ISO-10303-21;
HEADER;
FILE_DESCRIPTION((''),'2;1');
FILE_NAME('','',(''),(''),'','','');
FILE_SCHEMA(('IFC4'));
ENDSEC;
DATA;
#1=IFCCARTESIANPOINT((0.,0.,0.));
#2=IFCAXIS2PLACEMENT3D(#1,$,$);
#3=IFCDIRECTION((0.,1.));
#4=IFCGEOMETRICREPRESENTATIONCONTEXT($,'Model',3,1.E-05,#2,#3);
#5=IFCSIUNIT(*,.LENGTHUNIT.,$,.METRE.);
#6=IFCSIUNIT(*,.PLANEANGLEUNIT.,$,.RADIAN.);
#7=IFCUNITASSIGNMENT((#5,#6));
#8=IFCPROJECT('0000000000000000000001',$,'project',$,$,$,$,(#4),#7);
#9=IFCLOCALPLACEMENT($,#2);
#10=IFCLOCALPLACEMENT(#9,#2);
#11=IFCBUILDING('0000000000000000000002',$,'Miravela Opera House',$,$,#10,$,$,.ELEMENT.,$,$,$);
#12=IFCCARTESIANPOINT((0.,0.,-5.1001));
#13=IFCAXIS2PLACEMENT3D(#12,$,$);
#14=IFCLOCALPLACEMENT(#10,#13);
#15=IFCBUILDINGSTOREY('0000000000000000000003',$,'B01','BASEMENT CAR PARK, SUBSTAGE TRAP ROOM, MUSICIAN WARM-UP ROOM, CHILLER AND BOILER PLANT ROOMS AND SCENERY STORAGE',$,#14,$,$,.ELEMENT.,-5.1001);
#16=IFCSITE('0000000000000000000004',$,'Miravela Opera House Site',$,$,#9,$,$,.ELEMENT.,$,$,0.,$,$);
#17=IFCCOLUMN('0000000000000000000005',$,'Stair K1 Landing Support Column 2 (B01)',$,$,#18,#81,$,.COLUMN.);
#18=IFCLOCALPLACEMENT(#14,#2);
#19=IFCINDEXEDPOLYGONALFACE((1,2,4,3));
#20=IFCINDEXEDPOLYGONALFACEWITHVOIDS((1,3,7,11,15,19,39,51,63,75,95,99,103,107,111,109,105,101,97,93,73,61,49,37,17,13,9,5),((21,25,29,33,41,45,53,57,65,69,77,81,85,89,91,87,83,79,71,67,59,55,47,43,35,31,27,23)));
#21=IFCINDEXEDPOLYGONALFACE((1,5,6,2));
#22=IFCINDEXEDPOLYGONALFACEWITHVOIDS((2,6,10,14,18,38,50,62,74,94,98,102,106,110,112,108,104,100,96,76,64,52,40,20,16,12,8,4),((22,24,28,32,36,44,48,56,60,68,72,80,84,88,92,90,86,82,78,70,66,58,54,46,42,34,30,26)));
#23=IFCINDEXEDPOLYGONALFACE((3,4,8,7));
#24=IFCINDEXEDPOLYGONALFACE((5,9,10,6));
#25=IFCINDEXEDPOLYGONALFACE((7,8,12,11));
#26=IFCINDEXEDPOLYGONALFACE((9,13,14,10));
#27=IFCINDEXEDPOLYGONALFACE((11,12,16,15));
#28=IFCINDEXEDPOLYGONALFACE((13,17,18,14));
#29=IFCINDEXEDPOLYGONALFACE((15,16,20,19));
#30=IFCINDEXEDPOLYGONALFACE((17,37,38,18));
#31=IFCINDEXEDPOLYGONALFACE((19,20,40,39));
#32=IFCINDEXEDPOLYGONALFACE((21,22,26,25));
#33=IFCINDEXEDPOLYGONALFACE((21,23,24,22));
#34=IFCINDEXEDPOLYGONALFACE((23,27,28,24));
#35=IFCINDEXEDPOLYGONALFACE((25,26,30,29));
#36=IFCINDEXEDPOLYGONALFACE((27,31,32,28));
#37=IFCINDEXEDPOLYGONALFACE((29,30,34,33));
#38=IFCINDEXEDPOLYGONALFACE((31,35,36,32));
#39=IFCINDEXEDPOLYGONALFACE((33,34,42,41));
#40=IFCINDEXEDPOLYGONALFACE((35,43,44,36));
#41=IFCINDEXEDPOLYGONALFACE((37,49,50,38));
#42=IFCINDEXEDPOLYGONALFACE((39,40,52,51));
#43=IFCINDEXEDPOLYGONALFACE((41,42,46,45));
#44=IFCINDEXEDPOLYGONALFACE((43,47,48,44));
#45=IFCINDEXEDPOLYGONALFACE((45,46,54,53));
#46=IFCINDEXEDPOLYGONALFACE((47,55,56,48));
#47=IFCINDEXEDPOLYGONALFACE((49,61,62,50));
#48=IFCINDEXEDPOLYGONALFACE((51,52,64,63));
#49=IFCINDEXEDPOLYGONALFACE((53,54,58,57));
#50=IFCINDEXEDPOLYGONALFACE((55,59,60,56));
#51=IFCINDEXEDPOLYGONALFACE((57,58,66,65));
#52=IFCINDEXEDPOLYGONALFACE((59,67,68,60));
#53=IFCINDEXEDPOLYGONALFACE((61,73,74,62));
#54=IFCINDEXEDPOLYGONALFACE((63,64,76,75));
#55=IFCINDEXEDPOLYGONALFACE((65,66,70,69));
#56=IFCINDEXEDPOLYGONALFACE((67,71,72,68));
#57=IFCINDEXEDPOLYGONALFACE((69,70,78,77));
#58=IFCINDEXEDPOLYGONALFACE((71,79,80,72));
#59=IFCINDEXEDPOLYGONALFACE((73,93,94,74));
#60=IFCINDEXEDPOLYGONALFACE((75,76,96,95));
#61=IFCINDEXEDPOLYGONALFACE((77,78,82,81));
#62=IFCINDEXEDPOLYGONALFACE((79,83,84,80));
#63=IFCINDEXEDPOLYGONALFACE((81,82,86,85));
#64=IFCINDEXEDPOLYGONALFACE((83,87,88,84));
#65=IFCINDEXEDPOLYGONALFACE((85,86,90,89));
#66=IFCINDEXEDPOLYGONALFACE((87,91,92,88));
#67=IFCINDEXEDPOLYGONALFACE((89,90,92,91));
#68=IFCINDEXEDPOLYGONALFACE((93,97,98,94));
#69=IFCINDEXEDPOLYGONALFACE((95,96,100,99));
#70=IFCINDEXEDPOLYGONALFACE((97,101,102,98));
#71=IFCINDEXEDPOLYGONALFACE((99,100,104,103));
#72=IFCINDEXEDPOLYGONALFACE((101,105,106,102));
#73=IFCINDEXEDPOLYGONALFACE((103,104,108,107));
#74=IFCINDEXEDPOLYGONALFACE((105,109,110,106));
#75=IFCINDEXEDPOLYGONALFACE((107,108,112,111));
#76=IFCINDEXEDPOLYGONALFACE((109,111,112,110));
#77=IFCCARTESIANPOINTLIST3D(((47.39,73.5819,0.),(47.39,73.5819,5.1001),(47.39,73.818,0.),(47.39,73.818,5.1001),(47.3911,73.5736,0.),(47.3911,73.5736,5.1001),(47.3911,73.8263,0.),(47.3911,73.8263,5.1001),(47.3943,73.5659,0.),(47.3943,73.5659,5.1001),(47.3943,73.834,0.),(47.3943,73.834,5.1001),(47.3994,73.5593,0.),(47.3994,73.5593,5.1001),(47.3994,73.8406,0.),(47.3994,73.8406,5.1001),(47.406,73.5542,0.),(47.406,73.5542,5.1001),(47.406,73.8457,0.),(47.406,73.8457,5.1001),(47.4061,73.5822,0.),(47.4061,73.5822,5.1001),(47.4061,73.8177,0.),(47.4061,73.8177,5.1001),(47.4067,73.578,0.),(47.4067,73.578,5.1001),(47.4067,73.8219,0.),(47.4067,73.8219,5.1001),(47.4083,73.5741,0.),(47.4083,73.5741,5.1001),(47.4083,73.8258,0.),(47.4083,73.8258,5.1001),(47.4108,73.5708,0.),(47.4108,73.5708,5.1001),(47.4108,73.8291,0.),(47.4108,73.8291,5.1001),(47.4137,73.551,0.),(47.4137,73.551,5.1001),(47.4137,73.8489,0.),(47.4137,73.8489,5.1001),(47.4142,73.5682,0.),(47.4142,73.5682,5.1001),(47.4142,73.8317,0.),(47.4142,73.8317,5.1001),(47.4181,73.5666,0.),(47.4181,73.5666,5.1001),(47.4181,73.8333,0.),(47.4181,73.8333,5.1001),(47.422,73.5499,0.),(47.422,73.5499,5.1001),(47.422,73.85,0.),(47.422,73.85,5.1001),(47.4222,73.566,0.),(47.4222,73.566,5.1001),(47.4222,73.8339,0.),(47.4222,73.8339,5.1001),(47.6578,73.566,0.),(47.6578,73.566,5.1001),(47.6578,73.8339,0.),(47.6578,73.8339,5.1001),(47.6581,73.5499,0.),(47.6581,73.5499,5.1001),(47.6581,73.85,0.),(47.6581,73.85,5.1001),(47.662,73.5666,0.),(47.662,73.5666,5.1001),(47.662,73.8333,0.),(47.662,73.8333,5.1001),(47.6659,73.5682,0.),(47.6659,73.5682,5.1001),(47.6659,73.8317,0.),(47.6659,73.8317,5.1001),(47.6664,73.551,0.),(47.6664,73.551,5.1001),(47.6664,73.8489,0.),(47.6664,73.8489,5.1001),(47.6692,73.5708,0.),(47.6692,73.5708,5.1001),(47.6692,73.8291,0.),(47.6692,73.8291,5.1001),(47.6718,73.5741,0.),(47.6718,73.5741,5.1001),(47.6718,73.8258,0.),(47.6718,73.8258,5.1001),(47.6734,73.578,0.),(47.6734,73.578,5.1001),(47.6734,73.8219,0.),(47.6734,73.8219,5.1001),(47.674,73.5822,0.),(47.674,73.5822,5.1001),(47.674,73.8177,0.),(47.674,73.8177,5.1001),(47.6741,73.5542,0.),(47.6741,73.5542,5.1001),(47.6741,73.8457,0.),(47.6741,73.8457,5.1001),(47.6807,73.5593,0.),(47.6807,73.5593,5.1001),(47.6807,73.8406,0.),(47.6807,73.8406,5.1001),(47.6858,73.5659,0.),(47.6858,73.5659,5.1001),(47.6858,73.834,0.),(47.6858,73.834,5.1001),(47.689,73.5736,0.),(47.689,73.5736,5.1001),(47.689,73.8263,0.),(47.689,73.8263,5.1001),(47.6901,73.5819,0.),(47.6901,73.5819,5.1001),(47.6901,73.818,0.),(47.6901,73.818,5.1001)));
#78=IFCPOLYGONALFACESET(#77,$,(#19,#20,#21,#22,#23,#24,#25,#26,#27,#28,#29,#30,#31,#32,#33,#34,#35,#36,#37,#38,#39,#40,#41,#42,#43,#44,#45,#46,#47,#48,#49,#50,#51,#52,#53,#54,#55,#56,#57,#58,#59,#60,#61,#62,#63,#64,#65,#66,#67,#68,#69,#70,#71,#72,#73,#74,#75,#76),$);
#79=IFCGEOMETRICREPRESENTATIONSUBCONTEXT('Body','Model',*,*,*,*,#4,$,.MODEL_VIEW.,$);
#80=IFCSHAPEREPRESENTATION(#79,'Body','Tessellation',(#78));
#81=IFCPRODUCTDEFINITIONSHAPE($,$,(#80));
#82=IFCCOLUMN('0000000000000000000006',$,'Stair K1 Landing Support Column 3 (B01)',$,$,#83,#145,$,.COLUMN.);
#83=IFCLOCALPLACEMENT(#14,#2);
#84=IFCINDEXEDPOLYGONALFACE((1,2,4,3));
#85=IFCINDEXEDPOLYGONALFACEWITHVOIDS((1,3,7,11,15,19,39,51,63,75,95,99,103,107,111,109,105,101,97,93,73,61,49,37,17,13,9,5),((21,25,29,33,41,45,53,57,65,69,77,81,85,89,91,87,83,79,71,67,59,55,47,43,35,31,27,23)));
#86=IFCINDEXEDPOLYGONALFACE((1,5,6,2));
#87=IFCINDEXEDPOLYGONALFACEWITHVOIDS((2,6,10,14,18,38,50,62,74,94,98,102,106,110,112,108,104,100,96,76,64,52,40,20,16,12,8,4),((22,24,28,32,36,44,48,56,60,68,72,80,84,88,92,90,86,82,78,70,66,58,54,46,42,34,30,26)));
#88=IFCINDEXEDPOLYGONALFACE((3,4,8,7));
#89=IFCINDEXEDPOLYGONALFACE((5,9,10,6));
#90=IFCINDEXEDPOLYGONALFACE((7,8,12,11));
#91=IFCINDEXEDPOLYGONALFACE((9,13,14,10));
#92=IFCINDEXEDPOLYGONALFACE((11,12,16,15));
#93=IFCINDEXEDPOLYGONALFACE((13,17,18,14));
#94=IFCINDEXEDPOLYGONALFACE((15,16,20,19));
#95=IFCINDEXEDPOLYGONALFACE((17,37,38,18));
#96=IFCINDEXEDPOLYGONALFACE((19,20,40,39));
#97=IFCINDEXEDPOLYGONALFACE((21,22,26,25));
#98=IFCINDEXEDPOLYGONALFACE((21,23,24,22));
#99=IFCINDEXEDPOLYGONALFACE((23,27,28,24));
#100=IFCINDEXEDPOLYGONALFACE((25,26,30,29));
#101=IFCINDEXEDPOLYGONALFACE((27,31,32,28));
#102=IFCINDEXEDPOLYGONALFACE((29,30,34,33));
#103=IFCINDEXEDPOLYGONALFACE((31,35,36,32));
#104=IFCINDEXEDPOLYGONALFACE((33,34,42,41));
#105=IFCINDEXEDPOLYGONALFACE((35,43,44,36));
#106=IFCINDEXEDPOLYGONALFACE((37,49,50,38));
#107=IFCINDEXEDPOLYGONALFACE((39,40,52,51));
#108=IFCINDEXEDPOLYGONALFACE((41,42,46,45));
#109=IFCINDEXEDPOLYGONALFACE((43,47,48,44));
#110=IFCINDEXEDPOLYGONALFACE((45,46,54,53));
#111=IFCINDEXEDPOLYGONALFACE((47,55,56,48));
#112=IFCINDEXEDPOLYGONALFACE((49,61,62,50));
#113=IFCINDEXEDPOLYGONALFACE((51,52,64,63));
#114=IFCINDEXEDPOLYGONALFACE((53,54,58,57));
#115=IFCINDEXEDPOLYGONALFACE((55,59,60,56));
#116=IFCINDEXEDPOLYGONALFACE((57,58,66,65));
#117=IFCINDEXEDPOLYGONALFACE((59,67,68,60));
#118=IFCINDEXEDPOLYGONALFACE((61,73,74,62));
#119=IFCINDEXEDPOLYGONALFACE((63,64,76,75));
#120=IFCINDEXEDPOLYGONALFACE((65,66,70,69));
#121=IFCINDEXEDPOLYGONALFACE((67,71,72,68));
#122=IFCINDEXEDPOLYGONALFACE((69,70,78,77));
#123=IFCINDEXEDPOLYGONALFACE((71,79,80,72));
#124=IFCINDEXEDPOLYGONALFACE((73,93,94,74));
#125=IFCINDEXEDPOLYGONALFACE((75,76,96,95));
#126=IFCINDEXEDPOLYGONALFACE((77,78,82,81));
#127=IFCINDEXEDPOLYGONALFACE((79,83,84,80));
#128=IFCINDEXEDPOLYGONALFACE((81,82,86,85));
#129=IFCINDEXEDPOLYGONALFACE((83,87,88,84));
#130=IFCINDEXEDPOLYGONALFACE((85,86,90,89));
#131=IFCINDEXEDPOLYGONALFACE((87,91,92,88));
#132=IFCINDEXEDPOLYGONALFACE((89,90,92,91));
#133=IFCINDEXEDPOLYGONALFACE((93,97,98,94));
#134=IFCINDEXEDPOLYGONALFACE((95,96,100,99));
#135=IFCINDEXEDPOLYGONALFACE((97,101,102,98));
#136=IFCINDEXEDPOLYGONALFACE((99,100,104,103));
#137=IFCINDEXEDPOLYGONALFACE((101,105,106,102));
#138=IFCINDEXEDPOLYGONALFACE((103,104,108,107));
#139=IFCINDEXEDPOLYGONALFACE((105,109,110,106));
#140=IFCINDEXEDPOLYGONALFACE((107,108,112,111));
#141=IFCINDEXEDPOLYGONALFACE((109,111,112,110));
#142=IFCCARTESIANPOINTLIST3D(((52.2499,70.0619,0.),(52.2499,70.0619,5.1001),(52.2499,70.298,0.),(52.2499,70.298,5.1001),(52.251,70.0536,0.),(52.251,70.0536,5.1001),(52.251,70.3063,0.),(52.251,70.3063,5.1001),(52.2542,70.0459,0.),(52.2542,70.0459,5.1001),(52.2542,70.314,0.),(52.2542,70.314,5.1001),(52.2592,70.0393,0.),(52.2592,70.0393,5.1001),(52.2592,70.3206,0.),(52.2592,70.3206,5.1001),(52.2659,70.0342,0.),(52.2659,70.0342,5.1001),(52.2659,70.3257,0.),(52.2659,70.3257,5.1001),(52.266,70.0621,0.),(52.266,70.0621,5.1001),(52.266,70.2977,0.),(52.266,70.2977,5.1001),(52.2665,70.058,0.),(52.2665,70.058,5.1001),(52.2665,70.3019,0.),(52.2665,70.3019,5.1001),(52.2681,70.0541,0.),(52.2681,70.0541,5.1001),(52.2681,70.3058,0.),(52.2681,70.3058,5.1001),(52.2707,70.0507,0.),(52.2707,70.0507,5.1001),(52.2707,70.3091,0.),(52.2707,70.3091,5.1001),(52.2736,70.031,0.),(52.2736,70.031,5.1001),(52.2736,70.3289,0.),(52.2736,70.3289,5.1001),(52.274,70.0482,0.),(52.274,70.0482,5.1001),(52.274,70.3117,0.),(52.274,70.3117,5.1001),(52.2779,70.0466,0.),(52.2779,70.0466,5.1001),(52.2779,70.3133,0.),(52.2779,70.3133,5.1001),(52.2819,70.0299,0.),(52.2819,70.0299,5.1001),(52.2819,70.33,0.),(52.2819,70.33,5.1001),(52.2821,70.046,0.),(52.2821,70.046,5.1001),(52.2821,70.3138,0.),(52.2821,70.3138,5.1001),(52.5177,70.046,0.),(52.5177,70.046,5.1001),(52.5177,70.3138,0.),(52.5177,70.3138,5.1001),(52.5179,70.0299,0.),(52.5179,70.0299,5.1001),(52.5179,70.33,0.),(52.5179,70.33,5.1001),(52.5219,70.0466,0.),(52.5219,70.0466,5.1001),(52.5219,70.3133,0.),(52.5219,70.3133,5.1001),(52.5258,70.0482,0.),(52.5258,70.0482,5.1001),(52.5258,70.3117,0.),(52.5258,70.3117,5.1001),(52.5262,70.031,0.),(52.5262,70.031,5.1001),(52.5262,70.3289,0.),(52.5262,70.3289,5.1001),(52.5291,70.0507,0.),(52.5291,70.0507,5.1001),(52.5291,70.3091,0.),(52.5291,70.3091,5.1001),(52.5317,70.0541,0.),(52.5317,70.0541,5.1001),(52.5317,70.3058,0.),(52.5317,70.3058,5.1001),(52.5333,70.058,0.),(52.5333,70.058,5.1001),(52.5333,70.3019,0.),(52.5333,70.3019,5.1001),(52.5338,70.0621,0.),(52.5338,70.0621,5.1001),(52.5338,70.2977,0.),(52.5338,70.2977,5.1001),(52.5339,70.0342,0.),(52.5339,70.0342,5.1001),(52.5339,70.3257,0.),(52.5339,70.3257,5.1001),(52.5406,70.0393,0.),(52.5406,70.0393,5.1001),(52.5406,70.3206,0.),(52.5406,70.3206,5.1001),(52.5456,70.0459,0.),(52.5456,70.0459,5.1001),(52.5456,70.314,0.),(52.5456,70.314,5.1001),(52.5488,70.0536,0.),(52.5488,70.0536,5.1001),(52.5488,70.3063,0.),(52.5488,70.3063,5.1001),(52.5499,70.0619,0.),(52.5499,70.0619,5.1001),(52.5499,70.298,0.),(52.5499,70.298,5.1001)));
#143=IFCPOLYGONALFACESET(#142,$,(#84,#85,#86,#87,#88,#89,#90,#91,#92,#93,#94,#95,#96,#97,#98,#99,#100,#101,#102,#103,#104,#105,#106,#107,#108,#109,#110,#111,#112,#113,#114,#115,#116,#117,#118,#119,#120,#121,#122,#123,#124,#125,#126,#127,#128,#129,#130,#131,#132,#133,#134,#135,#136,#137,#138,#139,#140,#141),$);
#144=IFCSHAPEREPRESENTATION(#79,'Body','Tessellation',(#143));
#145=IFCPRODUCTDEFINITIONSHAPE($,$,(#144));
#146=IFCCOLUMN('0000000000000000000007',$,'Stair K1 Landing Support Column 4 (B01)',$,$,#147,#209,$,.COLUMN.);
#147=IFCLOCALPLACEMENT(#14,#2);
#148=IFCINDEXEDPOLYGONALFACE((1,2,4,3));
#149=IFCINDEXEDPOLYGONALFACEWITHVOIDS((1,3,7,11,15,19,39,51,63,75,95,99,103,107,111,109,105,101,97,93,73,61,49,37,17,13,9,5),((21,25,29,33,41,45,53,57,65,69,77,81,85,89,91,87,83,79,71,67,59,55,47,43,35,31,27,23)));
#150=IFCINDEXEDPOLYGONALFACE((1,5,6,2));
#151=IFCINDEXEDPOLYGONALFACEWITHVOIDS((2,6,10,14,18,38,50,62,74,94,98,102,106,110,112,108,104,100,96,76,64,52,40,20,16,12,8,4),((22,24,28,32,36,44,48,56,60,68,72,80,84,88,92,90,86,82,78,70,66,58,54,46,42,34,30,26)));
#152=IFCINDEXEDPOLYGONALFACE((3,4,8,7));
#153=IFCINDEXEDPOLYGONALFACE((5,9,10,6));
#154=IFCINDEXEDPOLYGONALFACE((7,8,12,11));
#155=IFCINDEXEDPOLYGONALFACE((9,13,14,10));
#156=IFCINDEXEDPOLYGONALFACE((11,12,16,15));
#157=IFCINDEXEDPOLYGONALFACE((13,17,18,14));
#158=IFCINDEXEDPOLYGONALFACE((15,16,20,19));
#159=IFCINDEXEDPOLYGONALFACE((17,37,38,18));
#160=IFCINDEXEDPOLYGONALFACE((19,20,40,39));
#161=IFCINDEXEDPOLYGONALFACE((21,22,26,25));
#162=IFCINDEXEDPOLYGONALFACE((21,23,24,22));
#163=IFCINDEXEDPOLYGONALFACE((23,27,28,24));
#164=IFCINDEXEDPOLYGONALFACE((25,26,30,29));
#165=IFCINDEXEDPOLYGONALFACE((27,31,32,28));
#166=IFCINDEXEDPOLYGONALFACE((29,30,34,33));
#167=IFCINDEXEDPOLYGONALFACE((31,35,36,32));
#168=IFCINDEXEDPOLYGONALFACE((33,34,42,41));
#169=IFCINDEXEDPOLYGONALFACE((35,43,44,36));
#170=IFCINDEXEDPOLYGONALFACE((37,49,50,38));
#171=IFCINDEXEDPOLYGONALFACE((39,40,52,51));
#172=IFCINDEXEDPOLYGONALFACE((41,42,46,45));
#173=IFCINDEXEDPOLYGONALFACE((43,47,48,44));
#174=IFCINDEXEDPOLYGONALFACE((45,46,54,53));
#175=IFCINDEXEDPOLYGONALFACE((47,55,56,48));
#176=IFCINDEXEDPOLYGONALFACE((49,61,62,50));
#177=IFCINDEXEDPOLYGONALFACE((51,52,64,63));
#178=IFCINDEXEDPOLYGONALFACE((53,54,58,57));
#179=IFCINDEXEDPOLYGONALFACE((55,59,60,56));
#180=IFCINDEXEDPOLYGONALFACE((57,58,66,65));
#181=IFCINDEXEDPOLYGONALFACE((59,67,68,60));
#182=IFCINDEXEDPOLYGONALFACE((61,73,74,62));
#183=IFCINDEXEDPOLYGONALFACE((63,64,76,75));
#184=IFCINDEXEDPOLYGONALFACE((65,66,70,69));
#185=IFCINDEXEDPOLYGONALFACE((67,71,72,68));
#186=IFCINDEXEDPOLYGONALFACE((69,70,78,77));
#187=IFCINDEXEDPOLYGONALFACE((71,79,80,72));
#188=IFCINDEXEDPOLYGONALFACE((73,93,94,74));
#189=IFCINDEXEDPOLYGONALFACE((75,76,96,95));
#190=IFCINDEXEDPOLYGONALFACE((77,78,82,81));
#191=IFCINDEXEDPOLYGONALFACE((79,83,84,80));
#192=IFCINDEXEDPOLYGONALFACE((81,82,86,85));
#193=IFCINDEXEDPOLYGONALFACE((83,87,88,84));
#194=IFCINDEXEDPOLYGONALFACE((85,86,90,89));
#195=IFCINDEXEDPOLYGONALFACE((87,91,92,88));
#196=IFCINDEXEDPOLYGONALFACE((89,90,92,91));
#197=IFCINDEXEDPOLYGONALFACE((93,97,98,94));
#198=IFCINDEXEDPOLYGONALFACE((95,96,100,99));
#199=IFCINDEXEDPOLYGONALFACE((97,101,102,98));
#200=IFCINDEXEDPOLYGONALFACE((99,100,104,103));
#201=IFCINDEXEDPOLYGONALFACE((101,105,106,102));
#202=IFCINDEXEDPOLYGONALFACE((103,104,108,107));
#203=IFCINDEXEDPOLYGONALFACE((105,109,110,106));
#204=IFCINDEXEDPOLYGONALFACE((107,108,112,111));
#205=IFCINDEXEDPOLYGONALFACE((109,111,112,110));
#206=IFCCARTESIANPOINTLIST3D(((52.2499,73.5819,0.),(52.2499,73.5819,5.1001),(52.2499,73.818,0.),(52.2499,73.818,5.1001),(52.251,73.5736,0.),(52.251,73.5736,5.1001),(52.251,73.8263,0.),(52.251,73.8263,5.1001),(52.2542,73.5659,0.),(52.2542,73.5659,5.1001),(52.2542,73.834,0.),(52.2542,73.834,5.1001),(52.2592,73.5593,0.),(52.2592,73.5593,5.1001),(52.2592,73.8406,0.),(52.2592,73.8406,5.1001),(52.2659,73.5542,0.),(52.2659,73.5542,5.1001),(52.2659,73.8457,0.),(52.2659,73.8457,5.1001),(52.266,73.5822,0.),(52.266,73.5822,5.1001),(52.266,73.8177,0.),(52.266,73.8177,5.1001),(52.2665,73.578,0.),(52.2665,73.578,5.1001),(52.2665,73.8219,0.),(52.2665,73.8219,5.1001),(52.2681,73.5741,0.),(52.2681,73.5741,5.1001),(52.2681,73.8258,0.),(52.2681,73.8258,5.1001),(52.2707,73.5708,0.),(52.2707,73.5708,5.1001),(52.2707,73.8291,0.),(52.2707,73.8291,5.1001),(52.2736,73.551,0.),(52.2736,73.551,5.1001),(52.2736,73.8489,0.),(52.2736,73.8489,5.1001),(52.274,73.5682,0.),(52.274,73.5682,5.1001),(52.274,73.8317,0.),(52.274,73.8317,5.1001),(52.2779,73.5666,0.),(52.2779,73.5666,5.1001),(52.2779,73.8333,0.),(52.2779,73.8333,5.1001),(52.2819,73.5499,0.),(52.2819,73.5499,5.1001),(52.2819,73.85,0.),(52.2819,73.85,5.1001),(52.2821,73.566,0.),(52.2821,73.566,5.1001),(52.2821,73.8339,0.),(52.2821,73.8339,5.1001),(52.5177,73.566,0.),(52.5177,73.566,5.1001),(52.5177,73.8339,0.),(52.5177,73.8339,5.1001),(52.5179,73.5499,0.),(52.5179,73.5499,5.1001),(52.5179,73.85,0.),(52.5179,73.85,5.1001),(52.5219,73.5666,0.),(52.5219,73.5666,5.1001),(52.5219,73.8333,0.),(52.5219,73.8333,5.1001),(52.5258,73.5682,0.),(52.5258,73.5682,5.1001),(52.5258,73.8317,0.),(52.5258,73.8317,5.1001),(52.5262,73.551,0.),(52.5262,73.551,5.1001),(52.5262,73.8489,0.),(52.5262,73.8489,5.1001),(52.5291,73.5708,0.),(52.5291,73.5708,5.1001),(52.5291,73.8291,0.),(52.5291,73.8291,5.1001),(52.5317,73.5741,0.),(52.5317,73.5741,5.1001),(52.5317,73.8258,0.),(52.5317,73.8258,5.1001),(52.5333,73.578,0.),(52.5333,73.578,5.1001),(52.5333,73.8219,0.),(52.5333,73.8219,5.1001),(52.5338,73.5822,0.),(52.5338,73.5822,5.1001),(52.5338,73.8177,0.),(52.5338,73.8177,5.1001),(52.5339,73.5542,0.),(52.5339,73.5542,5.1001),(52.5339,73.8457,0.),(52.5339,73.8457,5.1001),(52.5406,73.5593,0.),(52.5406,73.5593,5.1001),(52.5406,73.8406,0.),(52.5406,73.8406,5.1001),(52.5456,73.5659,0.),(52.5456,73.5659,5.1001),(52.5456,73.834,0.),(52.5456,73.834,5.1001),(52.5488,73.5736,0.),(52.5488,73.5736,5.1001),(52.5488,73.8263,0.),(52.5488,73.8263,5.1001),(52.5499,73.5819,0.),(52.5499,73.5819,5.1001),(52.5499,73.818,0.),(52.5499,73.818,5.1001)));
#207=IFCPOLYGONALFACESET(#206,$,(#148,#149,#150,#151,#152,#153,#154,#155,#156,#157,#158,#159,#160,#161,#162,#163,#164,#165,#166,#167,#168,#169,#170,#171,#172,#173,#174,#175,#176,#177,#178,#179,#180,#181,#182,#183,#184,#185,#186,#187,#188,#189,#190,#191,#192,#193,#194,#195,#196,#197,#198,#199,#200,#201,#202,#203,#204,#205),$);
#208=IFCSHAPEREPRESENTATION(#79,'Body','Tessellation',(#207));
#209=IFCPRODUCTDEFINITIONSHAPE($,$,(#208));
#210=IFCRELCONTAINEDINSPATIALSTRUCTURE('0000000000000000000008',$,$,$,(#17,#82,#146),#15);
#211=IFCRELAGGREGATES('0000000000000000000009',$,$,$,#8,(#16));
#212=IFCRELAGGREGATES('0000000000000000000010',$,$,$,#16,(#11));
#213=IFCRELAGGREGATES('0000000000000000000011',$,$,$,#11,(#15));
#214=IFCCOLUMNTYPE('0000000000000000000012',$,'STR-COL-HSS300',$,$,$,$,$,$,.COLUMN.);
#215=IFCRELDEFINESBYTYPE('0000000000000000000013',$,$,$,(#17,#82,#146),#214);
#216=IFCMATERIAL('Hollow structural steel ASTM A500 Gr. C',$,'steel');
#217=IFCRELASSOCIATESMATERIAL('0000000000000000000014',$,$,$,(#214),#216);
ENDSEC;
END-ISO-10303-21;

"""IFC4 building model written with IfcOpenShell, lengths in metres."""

from ifc_helpers import new_model, si_unit, direction, frame, origin, origin_2d, place, context, subcontext, project, spatial, hollow_rectangle, extrude, material, material_profile, profile_set, type_object, element, save


model = new_model("IFC4")

# Units and contexts
model_context = context("Model", 3, precision=1e-05, world=origin(), true_north=direction((0.0, 1.0)))
body_context = subcontext(model_context, "Body", "Model", "MODEL_VIEW")
ifc_project = project(units=[si_unit("LENGTHUNIT", "METRE"), si_unit("PLANEANGLEUNIT", "RADIAN")], contexts=[model_context])

# Site, building, storey
site_placement = place(None, origin())
site = spatial("IfcSite", under=ifc_project, at=site_placement, Name="Miravela Opera House Site", CompositionType="ELEMENT", RefElevation=0.0)
building_placement = place(site_placement, origin())
building = spatial("IfcBuilding", under=site, at=building_placement, Name="Miravela Opera House", CompositionType="ELEMENT")
storey_placement = place(building_placement, frame((0.0, 0.0, -5.1001)))
storey = spatial("IfcBuildingStorey", under=building, at=storey_placement, Name="B01", Description="BASEMENT CAR PARK, SUBSTAGE TRAP ROOM, MUSICIAN WARM-UP ROOM, CHILLER AND BOILER PLANT ROOMS AND SCENERY STORAGE", CompositionType="ELEMENT", Elevation=-5.1001)

# Columns
ifc_material_1 = material(Name="Hollow structural steel ASTM A500 Gr. C", Category="steel")
ifc_material_profile_1 = material_profile(ifc_material_1, hollow_rectangle(XDim=0.3, YDim=0.3, WallThickness=0.0161, InnerFilletRadius=0.0161, OuterFilletRadius=0.032, at=origin_2d()), Name="HSS300X300X16")
ifc_profile_set_1 = profile_set([ifc_material_profile_1])
column_type_1 = type_object("IfcColumnType", Name="STR-COL-HSS300", PredefinedType="COLUMN", material=ifc_profile_set_1)
for number, where, z_axis, x_axis, name in (
    (1, (47.54, 73.7, 0.0), (0.0, 0.0, 1.0), (1.0, 0.0, 0.0), "Stair K1 Landing Support Column 2 (B01)"),
    (2, (52.3999, 70.1799, 0.0), (0.0, 0.0, 1.0), (1.0, 0.0, 0.0), "Stair K1 Landing Support Column 3 (B01)"),
    (3, (52.3999, 73.7, 0.0), (0.0, 0.0, 1.0), (1.0, 0.0, 0.0), "Stair K1 Landing Support Column 4 (B01)"),
):
    element("IfcColumn", number, at=place(storey_placement, frame(where, z_axis=z_axis, x_axis=x_axis)), inside=storey, type_object=column_type_1, Name=name, PredefinedType="COLUMN", context=body_context, shape_type="SweptSolid", body=[
        extrude(hollow_rectangle(XDim=0.3, YDim=0.3, WallThickness=0.0161, InnerFilletRadius=0.0161, OuterFilletRadius=0.032, at=origin_2d()), origin(), (0.0, 0.0, 1.0), 5.1001),
    ])

save(model, "model.ifc")
